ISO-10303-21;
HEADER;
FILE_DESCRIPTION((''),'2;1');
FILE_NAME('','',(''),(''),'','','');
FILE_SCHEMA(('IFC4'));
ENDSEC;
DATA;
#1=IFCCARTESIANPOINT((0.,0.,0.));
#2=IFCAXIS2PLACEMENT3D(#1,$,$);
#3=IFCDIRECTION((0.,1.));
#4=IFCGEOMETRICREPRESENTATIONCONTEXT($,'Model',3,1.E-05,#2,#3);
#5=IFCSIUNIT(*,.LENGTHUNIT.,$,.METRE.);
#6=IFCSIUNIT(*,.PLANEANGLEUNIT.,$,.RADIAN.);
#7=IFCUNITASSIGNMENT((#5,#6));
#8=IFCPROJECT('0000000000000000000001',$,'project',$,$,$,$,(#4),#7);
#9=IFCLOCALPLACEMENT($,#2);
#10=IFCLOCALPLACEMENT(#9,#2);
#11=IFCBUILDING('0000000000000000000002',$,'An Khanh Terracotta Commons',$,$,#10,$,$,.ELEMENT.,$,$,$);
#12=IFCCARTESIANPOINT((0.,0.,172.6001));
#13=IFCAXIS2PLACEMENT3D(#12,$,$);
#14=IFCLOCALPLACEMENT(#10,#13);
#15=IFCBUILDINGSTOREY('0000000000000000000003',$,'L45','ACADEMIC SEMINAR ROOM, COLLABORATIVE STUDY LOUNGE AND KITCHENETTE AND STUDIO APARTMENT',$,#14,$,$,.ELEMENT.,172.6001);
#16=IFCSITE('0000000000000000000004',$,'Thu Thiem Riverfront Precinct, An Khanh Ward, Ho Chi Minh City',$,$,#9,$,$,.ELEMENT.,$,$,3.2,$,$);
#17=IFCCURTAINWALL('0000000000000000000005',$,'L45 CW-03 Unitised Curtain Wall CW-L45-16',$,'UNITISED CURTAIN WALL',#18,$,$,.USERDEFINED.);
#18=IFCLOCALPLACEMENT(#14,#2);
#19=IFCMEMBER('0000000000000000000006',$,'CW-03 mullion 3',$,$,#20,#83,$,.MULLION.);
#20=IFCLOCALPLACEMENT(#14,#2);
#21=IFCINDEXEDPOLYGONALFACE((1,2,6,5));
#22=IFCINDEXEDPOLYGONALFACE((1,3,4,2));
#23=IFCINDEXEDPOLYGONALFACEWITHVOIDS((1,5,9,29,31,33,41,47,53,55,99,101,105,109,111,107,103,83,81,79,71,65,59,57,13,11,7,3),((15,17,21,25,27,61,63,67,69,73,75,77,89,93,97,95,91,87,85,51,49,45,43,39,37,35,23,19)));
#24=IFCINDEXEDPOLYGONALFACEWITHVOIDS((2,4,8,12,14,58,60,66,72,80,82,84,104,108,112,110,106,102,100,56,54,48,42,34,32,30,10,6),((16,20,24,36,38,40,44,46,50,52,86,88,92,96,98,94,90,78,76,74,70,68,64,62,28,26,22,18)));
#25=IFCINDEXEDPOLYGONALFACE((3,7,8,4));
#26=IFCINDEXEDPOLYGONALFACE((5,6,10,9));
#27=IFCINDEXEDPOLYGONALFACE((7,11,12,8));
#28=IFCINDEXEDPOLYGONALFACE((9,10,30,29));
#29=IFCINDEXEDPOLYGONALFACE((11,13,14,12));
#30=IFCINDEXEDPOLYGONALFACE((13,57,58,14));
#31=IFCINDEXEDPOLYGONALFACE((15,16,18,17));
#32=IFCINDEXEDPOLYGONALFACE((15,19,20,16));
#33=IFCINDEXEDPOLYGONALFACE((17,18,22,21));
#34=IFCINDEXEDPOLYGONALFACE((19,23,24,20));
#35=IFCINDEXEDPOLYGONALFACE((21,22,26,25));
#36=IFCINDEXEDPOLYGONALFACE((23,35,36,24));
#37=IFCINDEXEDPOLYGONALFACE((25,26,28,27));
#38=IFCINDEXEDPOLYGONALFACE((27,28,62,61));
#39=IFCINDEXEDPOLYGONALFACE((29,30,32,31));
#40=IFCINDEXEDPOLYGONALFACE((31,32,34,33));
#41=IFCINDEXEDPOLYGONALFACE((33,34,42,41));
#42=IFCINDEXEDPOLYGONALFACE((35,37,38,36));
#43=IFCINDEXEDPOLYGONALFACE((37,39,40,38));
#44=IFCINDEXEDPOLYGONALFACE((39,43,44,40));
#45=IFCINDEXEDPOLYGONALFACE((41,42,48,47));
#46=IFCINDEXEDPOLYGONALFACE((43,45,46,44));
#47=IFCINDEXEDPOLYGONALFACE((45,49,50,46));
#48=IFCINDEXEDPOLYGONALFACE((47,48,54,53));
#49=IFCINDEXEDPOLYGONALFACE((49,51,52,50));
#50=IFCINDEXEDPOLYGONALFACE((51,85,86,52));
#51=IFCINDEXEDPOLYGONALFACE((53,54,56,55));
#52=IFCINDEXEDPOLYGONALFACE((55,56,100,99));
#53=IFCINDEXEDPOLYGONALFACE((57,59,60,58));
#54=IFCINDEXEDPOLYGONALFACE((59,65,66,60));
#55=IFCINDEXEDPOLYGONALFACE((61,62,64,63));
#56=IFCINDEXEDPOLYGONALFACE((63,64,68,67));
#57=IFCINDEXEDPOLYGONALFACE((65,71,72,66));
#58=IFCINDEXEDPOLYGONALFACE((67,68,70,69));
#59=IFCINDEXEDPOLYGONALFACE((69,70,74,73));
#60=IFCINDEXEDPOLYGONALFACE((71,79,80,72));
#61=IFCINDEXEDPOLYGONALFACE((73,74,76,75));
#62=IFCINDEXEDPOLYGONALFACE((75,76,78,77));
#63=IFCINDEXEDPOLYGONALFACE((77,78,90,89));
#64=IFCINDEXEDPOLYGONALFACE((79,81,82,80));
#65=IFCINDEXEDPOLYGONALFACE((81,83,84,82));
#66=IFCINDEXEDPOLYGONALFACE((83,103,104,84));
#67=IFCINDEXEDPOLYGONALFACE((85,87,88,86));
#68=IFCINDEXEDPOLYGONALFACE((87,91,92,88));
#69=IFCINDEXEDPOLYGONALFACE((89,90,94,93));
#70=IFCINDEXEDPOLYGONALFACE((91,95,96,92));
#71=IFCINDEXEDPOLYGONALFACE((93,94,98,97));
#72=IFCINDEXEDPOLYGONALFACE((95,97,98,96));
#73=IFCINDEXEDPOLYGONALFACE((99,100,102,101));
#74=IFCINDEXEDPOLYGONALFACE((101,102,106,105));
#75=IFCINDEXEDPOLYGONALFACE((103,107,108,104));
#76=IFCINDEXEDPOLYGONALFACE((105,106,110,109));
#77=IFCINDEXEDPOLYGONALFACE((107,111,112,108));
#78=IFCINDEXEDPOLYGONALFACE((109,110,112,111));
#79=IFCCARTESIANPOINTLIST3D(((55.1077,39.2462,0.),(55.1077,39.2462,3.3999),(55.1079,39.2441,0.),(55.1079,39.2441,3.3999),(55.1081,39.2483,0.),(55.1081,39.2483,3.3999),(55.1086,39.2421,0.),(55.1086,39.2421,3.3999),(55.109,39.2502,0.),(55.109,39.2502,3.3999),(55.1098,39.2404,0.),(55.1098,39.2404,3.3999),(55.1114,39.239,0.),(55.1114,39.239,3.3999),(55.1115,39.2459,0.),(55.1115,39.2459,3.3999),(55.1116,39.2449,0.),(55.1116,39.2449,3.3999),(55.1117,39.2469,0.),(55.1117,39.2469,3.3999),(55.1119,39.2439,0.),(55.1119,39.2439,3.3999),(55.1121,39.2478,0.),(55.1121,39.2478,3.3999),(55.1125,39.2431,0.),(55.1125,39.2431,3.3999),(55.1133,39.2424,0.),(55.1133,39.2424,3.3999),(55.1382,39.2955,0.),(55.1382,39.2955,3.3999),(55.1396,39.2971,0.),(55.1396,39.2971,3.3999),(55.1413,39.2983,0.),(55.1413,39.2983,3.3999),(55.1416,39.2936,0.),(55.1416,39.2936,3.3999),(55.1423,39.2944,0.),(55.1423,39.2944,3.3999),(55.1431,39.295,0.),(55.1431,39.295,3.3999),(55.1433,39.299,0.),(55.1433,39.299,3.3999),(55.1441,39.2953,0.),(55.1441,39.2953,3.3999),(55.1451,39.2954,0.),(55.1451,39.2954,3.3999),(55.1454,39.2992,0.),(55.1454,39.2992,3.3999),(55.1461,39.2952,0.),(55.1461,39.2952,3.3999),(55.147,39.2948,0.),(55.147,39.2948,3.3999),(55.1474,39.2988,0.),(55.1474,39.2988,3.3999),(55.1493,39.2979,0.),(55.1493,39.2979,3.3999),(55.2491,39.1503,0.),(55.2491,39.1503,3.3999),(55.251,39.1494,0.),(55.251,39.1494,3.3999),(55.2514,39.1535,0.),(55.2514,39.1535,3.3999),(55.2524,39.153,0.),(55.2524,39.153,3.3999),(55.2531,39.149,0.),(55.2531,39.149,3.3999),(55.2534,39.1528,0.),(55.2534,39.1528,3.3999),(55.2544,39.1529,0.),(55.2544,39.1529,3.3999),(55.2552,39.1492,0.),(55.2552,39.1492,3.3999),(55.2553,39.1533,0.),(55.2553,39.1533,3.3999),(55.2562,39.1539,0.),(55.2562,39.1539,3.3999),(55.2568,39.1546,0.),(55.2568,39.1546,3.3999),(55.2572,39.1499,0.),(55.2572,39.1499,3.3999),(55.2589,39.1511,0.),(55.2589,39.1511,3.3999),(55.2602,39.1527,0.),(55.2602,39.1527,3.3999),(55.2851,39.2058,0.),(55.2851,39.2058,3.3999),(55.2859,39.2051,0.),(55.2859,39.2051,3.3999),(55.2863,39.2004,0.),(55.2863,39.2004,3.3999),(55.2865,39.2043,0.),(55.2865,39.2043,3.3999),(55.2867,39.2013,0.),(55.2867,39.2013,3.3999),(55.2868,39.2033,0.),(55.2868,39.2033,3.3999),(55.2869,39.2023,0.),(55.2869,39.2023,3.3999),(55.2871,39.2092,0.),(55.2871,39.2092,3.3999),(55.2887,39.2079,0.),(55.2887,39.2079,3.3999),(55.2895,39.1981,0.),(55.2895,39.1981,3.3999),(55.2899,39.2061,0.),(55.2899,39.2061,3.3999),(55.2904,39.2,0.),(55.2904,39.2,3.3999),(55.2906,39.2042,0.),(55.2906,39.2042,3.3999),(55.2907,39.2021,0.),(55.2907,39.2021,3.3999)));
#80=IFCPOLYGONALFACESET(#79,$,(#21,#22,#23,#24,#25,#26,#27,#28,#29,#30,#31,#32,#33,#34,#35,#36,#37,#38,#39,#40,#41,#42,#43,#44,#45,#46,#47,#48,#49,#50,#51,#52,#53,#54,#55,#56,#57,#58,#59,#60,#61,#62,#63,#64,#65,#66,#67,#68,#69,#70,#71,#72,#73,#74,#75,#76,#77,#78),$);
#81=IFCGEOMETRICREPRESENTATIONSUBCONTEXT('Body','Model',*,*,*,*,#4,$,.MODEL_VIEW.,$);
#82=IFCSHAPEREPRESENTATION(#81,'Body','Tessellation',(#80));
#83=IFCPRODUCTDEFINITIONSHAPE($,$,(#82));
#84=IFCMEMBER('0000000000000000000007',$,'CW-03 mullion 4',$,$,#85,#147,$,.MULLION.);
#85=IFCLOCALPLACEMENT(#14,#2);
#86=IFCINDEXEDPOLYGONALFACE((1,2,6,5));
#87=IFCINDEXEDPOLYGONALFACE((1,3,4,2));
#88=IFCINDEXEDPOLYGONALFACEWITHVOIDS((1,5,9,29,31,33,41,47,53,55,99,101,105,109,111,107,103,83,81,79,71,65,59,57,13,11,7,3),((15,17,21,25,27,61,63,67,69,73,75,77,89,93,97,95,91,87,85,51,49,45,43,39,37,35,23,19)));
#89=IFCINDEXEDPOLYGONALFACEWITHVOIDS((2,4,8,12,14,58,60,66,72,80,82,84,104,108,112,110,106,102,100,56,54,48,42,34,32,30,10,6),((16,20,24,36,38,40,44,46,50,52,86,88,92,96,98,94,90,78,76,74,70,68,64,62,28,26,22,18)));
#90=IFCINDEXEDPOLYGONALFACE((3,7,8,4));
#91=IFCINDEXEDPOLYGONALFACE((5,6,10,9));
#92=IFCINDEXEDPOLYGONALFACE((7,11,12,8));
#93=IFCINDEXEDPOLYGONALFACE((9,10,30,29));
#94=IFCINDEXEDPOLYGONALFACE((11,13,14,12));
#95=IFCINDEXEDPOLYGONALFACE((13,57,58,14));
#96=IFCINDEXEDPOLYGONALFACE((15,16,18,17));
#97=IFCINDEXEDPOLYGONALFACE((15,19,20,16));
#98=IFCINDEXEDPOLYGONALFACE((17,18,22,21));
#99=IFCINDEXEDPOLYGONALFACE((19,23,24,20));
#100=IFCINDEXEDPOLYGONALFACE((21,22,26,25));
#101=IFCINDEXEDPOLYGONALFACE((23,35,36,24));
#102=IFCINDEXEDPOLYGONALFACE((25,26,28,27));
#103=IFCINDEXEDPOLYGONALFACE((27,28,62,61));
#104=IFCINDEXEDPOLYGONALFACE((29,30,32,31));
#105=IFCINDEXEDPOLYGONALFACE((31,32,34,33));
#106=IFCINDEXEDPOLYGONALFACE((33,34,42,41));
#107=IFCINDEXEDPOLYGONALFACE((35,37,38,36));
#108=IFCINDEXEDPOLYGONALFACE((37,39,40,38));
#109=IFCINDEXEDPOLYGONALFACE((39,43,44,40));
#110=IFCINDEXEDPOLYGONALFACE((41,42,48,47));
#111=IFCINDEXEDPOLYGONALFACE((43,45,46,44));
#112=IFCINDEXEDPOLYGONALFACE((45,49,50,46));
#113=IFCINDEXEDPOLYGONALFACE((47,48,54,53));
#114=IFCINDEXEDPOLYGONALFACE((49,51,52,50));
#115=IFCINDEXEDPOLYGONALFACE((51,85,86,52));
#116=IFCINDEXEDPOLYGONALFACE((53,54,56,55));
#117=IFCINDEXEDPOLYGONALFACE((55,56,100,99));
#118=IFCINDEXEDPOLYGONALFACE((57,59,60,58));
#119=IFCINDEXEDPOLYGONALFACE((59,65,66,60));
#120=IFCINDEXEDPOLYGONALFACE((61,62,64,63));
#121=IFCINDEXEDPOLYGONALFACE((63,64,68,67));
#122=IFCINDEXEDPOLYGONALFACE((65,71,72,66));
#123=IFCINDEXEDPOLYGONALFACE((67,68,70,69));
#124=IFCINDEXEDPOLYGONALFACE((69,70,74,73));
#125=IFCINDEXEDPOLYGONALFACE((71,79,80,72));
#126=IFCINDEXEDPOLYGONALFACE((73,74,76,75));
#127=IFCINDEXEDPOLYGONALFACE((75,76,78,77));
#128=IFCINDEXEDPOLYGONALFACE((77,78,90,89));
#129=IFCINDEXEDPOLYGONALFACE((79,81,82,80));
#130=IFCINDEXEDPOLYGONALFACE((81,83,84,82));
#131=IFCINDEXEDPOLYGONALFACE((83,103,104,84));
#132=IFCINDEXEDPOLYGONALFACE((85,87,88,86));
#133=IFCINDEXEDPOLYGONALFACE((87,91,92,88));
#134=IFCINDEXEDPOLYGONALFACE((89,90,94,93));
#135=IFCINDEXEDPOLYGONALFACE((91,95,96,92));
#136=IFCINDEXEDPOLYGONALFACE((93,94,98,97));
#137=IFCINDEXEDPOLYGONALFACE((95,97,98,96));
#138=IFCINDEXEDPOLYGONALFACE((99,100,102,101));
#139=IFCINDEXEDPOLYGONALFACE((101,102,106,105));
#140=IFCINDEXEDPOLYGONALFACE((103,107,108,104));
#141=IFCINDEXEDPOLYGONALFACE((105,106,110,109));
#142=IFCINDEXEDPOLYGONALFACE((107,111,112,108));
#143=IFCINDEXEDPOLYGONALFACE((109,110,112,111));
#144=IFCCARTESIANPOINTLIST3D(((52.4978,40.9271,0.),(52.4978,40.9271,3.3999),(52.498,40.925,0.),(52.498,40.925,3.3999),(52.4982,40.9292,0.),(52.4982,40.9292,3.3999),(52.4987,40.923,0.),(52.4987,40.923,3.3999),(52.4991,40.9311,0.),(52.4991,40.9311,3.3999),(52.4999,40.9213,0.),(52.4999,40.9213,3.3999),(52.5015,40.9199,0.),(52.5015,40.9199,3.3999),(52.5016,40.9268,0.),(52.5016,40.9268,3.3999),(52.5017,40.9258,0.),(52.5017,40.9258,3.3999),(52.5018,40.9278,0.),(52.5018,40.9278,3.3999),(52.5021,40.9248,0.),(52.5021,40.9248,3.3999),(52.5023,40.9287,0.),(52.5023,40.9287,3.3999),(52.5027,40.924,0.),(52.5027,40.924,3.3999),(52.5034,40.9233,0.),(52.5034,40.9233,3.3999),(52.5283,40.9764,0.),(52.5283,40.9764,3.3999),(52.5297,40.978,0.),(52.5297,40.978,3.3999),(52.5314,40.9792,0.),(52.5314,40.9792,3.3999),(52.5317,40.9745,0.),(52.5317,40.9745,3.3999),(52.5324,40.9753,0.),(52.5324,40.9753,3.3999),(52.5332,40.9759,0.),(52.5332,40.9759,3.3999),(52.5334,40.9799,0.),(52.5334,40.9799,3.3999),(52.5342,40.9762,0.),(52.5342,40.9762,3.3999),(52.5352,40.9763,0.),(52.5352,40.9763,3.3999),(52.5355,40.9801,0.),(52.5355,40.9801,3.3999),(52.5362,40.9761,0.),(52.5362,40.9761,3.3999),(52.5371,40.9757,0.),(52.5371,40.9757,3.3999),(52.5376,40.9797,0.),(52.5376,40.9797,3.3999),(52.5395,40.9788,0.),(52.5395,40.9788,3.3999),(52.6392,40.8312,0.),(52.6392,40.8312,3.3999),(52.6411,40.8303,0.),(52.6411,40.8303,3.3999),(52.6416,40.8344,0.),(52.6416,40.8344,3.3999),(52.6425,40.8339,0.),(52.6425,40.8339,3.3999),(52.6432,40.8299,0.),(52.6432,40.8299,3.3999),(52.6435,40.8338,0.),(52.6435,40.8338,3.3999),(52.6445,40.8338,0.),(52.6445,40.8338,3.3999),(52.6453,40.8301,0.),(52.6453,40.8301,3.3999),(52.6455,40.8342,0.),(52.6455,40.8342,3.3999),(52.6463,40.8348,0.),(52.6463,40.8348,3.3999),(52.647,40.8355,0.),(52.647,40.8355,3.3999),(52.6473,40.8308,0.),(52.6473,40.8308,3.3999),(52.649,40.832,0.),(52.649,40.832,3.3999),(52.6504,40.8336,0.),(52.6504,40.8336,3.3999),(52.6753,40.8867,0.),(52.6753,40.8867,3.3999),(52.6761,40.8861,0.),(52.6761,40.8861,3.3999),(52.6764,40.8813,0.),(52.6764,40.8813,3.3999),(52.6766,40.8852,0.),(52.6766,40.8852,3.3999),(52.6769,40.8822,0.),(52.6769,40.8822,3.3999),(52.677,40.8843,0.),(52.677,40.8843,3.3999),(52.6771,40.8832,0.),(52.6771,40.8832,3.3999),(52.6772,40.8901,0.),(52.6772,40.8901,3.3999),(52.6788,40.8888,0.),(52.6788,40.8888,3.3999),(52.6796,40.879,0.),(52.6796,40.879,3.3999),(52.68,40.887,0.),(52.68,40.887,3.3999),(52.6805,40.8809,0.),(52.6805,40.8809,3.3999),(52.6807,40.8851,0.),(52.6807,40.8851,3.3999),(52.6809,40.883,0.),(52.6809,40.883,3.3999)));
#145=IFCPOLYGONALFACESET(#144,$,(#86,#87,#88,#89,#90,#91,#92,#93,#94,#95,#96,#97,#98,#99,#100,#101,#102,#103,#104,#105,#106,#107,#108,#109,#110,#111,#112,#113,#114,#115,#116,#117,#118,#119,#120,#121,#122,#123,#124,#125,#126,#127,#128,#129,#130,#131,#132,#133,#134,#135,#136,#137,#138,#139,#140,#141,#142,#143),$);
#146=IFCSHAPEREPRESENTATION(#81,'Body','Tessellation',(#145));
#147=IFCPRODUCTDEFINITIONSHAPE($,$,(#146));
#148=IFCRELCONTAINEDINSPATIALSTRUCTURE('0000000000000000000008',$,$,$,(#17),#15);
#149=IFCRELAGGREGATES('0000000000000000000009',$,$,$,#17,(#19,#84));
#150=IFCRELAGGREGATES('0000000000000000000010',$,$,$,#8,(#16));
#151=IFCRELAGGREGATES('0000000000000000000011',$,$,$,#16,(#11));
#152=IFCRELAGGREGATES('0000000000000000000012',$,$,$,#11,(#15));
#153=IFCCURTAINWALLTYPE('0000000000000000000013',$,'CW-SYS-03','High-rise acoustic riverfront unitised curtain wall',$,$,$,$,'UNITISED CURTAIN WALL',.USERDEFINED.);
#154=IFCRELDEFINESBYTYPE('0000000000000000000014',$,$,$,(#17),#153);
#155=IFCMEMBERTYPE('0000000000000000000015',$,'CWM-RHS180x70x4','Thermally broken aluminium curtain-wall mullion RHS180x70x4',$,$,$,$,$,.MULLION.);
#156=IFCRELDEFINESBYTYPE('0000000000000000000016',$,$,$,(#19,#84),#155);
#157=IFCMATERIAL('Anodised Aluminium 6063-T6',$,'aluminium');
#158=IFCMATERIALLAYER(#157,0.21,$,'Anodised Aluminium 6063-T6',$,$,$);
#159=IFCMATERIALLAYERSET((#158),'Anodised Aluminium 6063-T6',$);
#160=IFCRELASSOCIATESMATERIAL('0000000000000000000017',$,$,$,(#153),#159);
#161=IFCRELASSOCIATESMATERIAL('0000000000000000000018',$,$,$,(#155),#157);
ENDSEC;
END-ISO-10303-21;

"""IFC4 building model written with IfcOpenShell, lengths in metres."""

from ifc_helpers import new_model, si_unit, direction, frame, origin, origin_2d, place, context, subcontext, project, spatial, hollow_rectangle, extrude, material, layer, layer_set, material_profile, profile_set, type_object, element, aggregate, save


model = new_model("IFC4")

# Units and contexts
model_context = context("Model", 3, precision=1e-05, world=origin(), true_north=direction((0.0, 1.0)))
body_context = subcontext(model_context, "Body", "Model", "MODEL_VIEW")
ifc_project = project(units=[si_unit("LENGTHUNIT", "METRE"), si_unit("PLANEANGLEUNIT", "RADIAN")], contexts=[model_context])

# Site, building, storey
site_placement = place(None, origin())
site = spatial("IfcSite", under=ifc_project, at=site_placement, Name="Thu Thiem Riverfront Precinct, An Khanh Ward, Ho Chi Minh City", CompositionType="ELEMENT", RefElevation=3.2)
building_placement = place(site_placement, origin())
building = spatial("IfcBuilding", under=site, at=building_placement, Name="An Khanh Terracotta Commons", CompositionType="ELEMENT")
storey_placement = place(building_placement, frame((0.0, 0.0, 172.6001)))
storey = spatial("IfcBuildingStorey", under=building, at=storey_placement, Name="L45", Description="ACADEMIC SEMINAR ROOM, COLLABORATIVE STUDY LOUNGE AND KITCHENETTE AND STUDIO APARTMENT", CompositionType="ELEMENT", Elevation=172.6001)

# Curtain wall, members
ifc_material_1 = material(Name="Anodised Aluminium 6063-T6", Category="aluminium")
ifc_layer_1 = layer(ifc_material_1, 0.21, Name="Anodised Aluminium 6063-T6")
ifc_layer_set_1 = layer_set([ifc_layer_1], Name="Anodised Aluminium 6063-T6")
curtain_wall_type = type_object("IfcCurtainWallType", Name="CW-SYS-03", Description="High-rise acoustic riverfront unitised curtain wall", ElementType="UNITISED CURTAIN WALL", PredefinedType="USERDEFINED", material=ifc_layer_set_1)
curtain_wall_placement = place(storey_placement, origin())
curtain_wall = element("IfcCurtainWall", 1, at=curtain_wall_placement, inside=storey, type_object=curtain_wall_type, Name="L45 CW-03 Unitised Curtain Wall CW-L45-16", ObjectType="UNITISED CURTAIN WALL", PredefinedType="USERDEFINED")
ifc_material_profile_1 = material_profile(ifc_material_1, hollow_rectangle(XDim=0.0701, YDim=0.1799, WallThickness=0.0039, InnerFilletRadius=0.0039, OuterFilletRadius=0.0081, at=origin_2d()), Name="RHS180x70x4")
ifc_profile_set_1 = profile_set([ifc_material_profile_1], Name="Anodised Aluminium 6063-T6")
member_type_1 = type_object("IfcMemberType", Name="CWM-RHS180x70x4", Description="Thermally broken aluminium curtain-wall mullion RHS180x70x4", PredefinedType="MULLION", material=ifc_profile_set_1)
member_1_placement = place(storey_placement, frame((55.1992, 39.2241, 0.0), z_axis=(0.0, 0.0, 1.0), x_axis=(-0.541498, -0.840702, 0.0)))
member_1 = element("IfcMember", 2, at=member_1_placement, type_object=member_type_1, Name="CW-03 mullion 3", PredefinedType="MULLION", context=body_context, shape_type="SweptSolid", body=[
    extrude(hollow_rectangle(XDim=0.0701, YDim=0.1799, WallThickness=0.0039, InnerFilletRadius=0.0039, OuterFilletRadius=0.0081, at=origin_2d()), origin(), (0.0, 0.0, 1.0), 3.3999),
])
member_2_placement = place(storey_placement, frame((52.5894, 40.905, 0.0), z_axis=(0.0, 0.0, 1.0), x_axis=(-0.541498, -0.840702, 0.0)))
member_2 = element("IfcMember", 3, at=member_2_placement, type_object=member_type_1, Name="CW-03 mullion 4", PredefinedType="MULLION", context=body_context, shape_type="SweptSolid", body=[
    extrude(hollow_rectangle(XDim=0.0701, YDim=0.1799, WallThickness=0.0039, InnerFilletRadius=0.0039, OuterFilletRadius=0.0081, at=origin_2d()), origin(), (0.0, 0.0, 1.0), 3.3999),
])
aggregate(curtain_wall, [member_1, member_2])

save(model, "model.ifc")
